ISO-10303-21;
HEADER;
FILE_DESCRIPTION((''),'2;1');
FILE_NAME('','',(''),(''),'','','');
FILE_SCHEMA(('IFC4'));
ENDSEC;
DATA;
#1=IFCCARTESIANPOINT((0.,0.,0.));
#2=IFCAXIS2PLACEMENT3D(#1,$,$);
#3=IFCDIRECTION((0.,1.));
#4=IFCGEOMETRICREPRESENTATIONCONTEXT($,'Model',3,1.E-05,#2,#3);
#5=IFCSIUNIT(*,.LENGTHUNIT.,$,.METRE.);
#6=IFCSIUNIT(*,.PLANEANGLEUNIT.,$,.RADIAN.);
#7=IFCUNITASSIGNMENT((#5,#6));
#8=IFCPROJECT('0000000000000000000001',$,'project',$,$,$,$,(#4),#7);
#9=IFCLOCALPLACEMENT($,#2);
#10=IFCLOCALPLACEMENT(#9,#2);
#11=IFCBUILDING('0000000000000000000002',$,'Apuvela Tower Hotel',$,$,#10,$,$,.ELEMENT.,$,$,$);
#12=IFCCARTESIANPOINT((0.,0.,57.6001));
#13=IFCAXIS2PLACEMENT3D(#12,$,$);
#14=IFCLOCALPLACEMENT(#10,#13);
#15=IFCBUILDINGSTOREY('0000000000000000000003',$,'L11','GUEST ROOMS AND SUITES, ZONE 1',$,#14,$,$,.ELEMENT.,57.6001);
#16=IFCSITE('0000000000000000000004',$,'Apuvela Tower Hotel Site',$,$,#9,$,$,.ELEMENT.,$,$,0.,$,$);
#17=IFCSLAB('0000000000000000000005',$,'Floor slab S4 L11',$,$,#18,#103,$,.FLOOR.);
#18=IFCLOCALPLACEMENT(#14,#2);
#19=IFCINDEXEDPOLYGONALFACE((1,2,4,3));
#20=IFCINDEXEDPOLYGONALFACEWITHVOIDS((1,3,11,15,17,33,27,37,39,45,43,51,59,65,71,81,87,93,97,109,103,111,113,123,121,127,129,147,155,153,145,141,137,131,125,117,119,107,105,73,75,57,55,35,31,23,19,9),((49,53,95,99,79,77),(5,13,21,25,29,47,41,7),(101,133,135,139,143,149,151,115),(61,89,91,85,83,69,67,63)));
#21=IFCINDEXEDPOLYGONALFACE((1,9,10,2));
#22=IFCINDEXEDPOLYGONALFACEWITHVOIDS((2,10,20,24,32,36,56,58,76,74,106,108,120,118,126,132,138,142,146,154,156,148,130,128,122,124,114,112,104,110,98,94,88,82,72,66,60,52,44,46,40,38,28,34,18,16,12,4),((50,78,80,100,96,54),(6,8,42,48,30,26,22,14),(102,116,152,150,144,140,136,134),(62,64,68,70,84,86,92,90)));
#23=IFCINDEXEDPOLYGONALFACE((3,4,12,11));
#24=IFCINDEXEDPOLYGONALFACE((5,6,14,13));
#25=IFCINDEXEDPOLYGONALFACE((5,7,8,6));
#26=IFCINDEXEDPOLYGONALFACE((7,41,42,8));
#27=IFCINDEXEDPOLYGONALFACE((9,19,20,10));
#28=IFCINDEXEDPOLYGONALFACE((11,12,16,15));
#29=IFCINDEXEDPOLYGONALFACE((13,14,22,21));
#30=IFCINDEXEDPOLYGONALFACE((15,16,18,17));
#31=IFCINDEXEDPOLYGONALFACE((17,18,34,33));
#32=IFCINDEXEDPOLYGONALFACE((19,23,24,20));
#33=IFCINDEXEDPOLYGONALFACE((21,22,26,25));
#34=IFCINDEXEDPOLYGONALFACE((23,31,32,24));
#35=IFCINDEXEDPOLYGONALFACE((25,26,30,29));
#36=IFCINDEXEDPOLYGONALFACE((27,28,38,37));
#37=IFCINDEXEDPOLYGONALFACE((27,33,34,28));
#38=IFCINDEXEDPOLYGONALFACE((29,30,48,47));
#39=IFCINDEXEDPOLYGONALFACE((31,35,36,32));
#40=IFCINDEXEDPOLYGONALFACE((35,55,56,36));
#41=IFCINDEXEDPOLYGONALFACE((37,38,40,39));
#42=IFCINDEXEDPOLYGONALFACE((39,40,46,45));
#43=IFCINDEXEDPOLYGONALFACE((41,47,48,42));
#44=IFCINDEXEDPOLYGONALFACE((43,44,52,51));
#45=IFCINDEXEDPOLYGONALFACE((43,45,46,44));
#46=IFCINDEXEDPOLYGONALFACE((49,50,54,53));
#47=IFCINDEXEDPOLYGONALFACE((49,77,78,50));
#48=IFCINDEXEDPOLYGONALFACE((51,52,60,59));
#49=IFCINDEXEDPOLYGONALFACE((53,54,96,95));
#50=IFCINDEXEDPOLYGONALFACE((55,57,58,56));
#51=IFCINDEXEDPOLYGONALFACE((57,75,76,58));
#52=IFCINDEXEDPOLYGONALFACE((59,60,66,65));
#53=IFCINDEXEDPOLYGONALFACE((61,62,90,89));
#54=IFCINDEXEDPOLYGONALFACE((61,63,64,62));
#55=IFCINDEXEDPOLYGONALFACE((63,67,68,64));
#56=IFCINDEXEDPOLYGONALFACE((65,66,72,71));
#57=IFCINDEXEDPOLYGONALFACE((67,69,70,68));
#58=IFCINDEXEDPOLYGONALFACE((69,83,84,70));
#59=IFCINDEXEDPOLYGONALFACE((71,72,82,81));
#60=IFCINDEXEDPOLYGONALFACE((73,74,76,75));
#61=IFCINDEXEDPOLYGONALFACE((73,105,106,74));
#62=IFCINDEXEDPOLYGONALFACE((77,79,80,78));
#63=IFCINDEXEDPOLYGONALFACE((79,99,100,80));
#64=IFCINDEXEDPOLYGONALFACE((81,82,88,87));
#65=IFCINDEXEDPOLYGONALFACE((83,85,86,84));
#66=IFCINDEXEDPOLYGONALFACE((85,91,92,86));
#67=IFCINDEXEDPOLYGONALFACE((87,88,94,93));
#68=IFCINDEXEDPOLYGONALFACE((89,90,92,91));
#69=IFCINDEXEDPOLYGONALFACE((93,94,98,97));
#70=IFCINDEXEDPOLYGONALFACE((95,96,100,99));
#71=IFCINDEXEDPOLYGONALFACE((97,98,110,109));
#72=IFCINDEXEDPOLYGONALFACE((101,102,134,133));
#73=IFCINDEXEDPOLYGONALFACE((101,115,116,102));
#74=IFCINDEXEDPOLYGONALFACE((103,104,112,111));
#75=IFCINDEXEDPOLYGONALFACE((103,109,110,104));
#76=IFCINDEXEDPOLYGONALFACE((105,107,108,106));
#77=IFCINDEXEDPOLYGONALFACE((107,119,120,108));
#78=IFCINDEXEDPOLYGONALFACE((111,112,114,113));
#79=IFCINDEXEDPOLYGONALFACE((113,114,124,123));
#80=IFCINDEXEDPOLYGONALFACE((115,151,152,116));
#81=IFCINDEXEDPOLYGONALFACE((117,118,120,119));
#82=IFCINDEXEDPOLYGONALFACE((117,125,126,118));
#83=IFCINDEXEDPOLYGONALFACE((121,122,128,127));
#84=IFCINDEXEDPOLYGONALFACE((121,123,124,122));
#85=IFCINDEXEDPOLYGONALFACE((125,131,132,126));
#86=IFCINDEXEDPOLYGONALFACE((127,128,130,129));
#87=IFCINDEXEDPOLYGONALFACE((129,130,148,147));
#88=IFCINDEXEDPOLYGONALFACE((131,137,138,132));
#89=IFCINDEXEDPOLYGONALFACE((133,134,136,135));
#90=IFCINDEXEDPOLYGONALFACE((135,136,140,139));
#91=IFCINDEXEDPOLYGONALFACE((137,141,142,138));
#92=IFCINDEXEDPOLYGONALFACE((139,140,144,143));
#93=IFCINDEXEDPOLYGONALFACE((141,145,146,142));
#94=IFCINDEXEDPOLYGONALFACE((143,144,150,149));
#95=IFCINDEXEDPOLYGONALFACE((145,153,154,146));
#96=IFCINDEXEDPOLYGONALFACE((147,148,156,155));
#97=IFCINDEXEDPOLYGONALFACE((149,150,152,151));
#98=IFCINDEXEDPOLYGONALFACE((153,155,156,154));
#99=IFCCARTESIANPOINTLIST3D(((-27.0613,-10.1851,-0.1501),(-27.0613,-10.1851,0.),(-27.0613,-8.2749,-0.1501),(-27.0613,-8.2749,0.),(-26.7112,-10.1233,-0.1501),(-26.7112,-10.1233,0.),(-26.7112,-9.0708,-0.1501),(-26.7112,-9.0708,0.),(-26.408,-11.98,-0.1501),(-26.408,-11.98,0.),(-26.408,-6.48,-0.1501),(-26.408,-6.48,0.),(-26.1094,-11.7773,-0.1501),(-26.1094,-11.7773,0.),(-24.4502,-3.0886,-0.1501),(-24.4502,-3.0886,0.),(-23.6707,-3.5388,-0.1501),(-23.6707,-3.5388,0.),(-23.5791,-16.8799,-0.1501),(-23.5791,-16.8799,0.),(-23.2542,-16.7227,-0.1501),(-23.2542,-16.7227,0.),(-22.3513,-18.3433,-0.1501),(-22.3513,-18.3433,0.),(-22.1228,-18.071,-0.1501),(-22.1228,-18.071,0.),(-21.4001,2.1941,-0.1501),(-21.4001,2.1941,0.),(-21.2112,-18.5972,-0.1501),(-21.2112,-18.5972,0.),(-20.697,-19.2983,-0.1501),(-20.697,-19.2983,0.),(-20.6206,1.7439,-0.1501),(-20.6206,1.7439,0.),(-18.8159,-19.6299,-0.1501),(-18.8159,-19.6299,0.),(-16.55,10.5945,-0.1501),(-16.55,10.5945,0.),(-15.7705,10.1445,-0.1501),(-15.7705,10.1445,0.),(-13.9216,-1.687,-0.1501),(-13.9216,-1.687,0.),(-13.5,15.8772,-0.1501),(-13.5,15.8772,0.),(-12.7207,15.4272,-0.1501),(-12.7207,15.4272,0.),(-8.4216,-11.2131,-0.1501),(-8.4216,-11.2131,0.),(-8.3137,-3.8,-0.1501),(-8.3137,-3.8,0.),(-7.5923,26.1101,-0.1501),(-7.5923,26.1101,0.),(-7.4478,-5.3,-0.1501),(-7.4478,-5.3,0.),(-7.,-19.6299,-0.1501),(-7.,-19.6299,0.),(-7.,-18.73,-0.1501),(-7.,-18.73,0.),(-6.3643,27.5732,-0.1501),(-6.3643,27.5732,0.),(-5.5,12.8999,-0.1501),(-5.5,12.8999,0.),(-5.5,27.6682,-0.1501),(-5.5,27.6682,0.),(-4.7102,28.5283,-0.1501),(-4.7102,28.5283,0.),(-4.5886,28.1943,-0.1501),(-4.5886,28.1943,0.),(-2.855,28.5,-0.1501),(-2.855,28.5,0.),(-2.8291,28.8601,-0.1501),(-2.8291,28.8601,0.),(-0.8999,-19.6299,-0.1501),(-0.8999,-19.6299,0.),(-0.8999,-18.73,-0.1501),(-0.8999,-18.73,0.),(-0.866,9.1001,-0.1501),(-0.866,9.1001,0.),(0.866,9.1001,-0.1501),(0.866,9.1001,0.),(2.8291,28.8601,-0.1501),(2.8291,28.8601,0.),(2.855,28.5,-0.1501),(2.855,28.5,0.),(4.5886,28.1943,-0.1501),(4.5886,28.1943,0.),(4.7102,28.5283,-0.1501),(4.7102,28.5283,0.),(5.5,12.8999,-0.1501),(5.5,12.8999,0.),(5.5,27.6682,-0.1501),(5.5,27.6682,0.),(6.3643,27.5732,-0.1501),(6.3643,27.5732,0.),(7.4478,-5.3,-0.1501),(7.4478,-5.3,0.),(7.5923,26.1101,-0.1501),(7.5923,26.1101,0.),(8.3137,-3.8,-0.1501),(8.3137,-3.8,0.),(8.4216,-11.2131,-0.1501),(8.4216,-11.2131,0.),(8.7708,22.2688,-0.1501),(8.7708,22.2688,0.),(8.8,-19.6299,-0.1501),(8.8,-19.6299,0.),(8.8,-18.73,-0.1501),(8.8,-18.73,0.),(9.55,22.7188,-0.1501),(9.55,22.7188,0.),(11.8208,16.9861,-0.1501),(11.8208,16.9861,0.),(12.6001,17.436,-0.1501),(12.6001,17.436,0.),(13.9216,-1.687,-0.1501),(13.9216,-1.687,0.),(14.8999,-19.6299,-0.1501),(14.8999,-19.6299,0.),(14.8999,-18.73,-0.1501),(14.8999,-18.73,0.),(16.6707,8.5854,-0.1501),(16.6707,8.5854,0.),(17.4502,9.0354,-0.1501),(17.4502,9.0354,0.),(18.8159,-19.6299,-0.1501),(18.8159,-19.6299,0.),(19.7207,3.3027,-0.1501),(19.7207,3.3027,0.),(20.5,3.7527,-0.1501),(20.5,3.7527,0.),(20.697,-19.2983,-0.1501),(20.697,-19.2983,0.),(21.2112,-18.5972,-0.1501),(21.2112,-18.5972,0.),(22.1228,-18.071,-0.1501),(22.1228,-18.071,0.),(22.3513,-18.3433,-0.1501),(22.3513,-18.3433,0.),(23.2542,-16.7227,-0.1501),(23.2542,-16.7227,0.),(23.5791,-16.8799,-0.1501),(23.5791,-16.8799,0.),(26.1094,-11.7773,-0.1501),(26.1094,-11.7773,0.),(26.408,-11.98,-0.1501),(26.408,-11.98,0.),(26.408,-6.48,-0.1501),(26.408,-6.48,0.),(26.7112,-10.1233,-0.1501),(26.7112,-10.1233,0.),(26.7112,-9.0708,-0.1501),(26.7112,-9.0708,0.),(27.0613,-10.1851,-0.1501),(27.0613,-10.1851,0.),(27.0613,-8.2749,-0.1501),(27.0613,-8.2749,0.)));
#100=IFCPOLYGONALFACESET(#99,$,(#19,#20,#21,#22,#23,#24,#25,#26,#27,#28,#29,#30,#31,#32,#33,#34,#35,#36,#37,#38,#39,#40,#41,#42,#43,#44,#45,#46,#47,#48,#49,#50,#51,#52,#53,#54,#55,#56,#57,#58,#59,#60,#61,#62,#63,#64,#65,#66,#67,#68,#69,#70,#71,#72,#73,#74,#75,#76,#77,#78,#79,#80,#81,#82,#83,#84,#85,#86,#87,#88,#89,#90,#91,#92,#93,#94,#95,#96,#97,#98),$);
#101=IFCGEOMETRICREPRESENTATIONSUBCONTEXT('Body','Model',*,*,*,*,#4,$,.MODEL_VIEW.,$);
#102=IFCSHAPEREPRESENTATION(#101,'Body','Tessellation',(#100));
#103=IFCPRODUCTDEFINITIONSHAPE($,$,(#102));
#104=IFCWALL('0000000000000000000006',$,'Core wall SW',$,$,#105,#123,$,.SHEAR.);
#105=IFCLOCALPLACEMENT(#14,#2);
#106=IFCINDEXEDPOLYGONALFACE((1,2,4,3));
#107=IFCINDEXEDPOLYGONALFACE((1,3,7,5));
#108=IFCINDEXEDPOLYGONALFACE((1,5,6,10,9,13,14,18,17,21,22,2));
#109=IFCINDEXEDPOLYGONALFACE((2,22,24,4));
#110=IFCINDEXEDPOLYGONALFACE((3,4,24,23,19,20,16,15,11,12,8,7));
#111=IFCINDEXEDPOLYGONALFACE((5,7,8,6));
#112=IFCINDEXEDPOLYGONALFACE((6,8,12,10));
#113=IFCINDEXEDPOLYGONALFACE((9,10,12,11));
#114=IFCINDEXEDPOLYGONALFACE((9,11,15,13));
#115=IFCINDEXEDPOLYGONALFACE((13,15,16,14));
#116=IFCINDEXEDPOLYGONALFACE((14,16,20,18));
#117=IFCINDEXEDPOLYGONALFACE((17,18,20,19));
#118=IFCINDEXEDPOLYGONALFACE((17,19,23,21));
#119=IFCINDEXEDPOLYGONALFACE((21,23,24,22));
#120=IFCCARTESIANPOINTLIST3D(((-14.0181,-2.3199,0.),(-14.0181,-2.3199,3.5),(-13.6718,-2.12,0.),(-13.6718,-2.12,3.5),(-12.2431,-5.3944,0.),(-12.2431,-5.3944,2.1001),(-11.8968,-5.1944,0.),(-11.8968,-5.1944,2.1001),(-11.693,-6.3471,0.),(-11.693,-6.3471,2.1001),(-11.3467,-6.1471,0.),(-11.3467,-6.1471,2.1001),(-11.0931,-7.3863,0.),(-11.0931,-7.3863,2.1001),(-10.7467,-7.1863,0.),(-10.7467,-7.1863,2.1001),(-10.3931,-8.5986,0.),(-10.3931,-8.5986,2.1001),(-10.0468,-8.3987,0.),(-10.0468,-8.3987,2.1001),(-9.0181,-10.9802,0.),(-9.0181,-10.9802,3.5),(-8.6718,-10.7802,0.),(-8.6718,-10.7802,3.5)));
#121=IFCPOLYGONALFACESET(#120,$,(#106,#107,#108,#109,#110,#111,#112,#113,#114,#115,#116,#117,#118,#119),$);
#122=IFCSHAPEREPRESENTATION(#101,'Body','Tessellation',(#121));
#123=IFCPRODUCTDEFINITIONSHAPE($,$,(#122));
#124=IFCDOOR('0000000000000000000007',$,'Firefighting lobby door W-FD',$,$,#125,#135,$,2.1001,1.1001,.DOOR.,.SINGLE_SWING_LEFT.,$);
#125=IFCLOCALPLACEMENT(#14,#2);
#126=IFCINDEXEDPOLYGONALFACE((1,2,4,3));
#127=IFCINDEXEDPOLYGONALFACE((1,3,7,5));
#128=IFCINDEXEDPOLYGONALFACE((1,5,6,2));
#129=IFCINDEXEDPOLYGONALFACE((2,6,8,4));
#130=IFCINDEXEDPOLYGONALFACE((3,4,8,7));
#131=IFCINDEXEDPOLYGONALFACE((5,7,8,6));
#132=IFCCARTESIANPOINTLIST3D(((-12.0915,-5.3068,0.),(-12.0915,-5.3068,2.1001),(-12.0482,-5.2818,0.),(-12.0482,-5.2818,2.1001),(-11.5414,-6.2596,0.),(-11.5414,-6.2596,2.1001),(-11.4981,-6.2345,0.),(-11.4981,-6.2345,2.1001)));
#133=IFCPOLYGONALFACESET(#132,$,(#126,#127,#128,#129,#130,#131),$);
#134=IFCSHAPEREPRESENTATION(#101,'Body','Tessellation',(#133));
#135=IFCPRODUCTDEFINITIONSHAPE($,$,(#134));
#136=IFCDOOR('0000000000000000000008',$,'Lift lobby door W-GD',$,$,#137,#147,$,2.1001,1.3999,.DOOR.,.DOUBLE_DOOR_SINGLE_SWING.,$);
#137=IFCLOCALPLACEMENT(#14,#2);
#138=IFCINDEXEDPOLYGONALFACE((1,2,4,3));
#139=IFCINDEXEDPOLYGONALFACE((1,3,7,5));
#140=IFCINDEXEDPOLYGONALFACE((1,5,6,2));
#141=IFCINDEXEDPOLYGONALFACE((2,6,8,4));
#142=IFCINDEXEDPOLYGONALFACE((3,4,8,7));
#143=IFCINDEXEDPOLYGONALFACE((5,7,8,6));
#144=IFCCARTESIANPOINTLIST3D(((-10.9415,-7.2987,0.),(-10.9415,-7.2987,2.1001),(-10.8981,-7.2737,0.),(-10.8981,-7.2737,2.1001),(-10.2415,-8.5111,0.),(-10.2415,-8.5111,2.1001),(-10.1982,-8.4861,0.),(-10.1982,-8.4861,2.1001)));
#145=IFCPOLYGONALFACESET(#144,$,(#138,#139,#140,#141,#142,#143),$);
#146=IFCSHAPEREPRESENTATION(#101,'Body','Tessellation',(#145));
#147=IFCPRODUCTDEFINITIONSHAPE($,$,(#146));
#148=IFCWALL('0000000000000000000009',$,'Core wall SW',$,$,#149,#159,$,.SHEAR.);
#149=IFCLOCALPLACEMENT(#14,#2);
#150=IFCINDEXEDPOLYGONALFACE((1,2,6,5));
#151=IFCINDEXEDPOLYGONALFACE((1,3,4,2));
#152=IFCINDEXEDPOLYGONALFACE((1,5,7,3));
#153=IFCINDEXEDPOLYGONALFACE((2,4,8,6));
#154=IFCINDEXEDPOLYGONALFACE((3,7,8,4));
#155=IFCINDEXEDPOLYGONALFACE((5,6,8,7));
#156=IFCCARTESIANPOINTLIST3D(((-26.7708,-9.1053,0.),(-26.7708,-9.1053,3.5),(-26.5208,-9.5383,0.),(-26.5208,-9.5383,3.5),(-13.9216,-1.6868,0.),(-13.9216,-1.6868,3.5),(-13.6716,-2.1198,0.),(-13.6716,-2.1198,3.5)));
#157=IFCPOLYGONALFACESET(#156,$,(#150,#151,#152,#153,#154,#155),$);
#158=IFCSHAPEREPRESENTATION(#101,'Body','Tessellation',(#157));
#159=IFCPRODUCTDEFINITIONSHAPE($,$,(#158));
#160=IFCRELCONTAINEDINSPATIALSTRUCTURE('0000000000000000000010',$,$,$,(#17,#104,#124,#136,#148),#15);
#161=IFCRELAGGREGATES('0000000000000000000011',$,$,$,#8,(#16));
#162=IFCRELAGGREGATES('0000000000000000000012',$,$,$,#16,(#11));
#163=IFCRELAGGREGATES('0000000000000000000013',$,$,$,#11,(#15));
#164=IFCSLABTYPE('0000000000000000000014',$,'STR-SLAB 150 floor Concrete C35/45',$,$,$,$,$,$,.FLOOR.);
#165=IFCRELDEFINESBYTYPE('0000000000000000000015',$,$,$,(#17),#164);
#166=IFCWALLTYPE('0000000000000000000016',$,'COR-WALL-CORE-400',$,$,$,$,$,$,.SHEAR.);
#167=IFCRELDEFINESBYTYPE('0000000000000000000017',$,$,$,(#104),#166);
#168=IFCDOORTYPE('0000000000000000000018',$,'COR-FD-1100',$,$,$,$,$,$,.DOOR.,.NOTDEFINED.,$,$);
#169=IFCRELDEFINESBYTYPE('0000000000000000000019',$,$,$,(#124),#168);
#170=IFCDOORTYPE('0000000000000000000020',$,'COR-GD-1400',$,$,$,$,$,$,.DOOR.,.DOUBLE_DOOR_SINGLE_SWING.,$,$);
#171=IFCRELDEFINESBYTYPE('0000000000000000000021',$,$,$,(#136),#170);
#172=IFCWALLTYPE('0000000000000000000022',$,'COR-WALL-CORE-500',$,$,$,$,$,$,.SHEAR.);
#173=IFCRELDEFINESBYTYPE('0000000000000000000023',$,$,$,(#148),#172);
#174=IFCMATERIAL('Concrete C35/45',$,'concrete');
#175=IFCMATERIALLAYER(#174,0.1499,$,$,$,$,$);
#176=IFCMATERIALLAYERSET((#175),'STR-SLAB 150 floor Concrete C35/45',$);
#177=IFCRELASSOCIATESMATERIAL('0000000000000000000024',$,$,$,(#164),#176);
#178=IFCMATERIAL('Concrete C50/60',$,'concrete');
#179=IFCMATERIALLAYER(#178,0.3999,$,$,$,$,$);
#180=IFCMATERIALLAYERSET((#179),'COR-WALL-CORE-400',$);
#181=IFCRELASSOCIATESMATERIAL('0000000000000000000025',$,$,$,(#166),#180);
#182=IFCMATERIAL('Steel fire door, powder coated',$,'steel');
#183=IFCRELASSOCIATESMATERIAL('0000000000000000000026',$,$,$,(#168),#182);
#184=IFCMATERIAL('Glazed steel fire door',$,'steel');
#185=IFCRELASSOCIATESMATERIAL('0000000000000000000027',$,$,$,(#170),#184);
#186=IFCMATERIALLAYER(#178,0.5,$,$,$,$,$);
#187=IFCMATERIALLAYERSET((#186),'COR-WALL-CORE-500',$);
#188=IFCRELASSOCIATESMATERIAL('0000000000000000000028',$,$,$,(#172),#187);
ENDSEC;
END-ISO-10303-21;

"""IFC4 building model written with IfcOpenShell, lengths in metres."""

from ifc_helpers import new_model, si_unit, direction, frame, frame_2d, origin, place, context, subcontext, project, spatial, polyline, rectangle, outline, extrude, material, layer, layer_set, type_object, element, fill, save


model = new_model("IFC4")

# Units and contexts
model_context = context("Model", 3, precision=1e-05, world=origin(), true_north=direction((0.0, 1.0)))
body_context = subcontext(model_context, "Body", "Model", "MODEL_VIEW")
ifc_project = project(units=[si_unit("LENGTHUNIT", "METRE"), si_unit("PLANEANGLEUNIT", "RADIAN")], contexts=[model_context])

# Site, building, storey
site_placement = place(None, origin())
site = spatial("IfcSite", under=ifc_project, at=site_placement, Name="Apuvela Tower Hotel Site", CompositionType="ELEMENT", RefElevation=0.0)
building_placement = place(site_placement, origin())
building = spatial("IfcBuilding", under=site, at=building_placement, Name="Apuvela Tower Hotel", CompositionType="ELEMENT")
storey_placement = place(building_placement, frame((0.0, 0.0, 57.6001)))
storey = spatial("IfcBuildingStorey", under=building, at=storey_placement, Name="L11", Description="GUEST ROOMS AND SUITES, ZONE 1", CompositionType="ELEMENT", Elevation=57.6001)

# Slab
ifc_material_1 = material(Name="Concrete C50/60", Category="concrete")
ifc_material_2 = material(Name="Concrete C35/45", Category="concrete")
ifc_layer_1 = layer(ifc_material_2, 0.1499)
ifc_layer_set_1 = layer_set([ifc_layer_1], Name="STR-SLAB 150 floor Concrete C35/45")
slab_type_1 = type_object("IfcSlabType", Name="STR-SLAB 150 floor Concrete C35/45", PredefinedType="FLOOR", material=ifc_layer_set_1)
slab_1_placement = place(storey_placement, frame((0.0, 0.0, -0.1501)))
element("IfcSlab", 1, at=slab_1_placement, inside=storey, type_object=slab_type_1, Name="Floor slab S4 L11", PredefinedType="FLOOR", context=body_context, shape_type="SweptSolid", body=[
    extrude(outline(polyline([(-6.3643, 27.5732), (-4.7102, 28.5283), (-2.8291, 28.8601), (2.8291, 28.8601), (4.7102, 28.5283), (6.3643, 27.5732), (7.5923, 26.1101), (9.55, 22.7188), (8.7708, 22.2688), (11.8208, 16.9861), (12.6001, 17.436), (17.4502, 9.0354), (16.6707, 8.5854), (19.7207, 3.3027), (20.5, 3.7527), (26.408, -6.48), (27.0613, -8.2749), (27.0613, -10.1851), (26.408, -11.98), (23.5791, -16.8799), (22.3513, -18.3433), (20.697, -19.2983), (18.8159, -19.6299), (14.8999, -19.6299), (14.8999, -18.73), (8.8, -18.73), (8.8, -19.6299), (-0.8999, -19.6299), (-0.8999, -18.73), (-7.0, -18.73), (-7.0, -19.6299), (-18.8159, -19.6299), (-20.697, -19.2983), (-22.3513, -18.3433), (-23.5791, -16.8799), (-26.408, -11.98), (-27.0613, -10.1851), (-27.0613, -8.2749), (-26.408, -6.48), (-24.4502, -3.0886), (-23.6707, -3.5388), (-20.6206, 1.7439), (-21.4001, 2.1941), (-16.55, 10.5945), (-15.7705, 10.1445), (-12.7207, 15.4272), (-13.5, 15.8772), (-7.5923, 26.1101), (-6.3643, 27.5732)]), holes=[polyline([(0.866, 9.1001), (-0.866, 9.1001), (-8.3137, -3.8), (-7.4478, -5.3), (7.4478, -5.3), (8.3137, -3.8), (0.866, 9.1001)]), polyline([(-5.5, 12.8999), (-5.5, 27.6682), (-4.5886, 28.1943), (-2.855, 28.5), (2.855, 28.5), (4.5886, 28.1943), (5.5, 27.6682), (5.5, 12.8999), (-5.5, 12.8999)]), polyline([(-8.4216, -11.2131), (-21.2112, -18.5972), (-22.1228, -18.071), (-23.2542, -16.7227), (-26.1094, -11.7773), (-26.7112, -10.1233), (-26.7112, -9.0708), (-13.9216, -1.687), (-8.4216, -11.2131)]), polyline([(13.9216, -1.687), (26.7112, -9.0708), (26.7112, -10.1233), (26.1094, -11.7773), (23.2542, -16.7227), (22.1228, -18.071), (21.2112, -18.5972), (8.4216, -11.2131), (13.9216, -1.687)])]), origin(), (0.0, 0.0, 1.0), 0.1501),
])

# Wall, openings, doors
ifc_layer_2 = layer(ifc_material_1, 0.3999)
ifc_layer_set_2 = layer_set([ifc_layer_2], Name="COR-WALL-CORE-400")
wall_type_1 = type_object("IfcWallType", Name="COR-WALL-CORE-400", PredefinedType="SHEAR", material=ifc_layer_set_2)
wall_1_placement = place(storey_placement, frame((-13.845, -2.22, 0.0), z_axis=(0.0, 0.0, 1.0), x_axis=(0.500004, -0.866023, 0.0)))
wall_1 = element("IfcWall", 2, at=wall_1_placement, inside=storey, type_object=wall_type_1, Name="Core wall SW", PredefinedType="SHEAR", context=body_context, shape_type="SweptSolid", body=[
    extrude(rectangle(XDim=10.0, YDim=0.3999, at=frame_2d((5.0, 0.0))), origin(), (0.0, 0.0, 1.0), 3.5),
])
opening_1_placement = place(wall_1_placement, frame((3.55, 0.0, 0.0)))
opening_1 = element("IfcOpeningElement", 3, at=opening_1_placement, cuts=wall_1, PredefinedType="OPENING", context=body_context, shape_type="SweptSolid", body=[
    extrude(rectangle(XDim=1.1001, YDim=2.1001, at=frame_2d((0.55, 1.05))), frame((0.0, 0.21, 0.0), z_axis=(0.0, -1.0, 0.0), x_axis=(1.0, 0.0, 0.0)), (0.0, 0.0, 1.0), 0.4199),
])
opening_2_placement = place(wall_1_placement, frame((5.8501, 0.0, 0.0)))
opening_2 = element("IfcOpeningElement", 4, at=opening_2_placement, cuts=wall_1, PredefinedType="OPENING", context=body_context, shape_type="SweptSolid", body=[
    extrude(rectangle(XDim=1.3999, YDim=2.1001, at=frame_2d((0.7, 1.05))), frame((0.0, 0.21, 0.0), z_axis=(0.0, -1.0, 0.0), x_axis=(1.0, 0.0, 0.0)), (0.0, 0.0, 1.0), 0.4199),
])
ifc_material_3 = material(Name="Steel fire door, powder coated", Category="steel")
door_type_1 = type_object("IfcDoorType", Name="COR-FD-1100", OperationType="NOTDEFINED", PredefinedType="DOOR", material=ifc_material_3)
door_1_placement = place(opening_1_placement, frame((1.1001, 0.0, 0.0), z_axis=(0.0, 0.0, 1.0), x_axis=(-1.0, 0.0, 0.0)))
door_1 = element("IfcDoor", 5, at=door_1_placement, inside=storey, type_object=door_type_1, Name="Firefighting lobby door W-FD", OperationType="SINGLE_SWING_LEFT", OverallHeight=2.1001, OverallWidth=1.1001, PredefinedType="DOOR", context=body_context, shape_type="SweptSolid", body=[
    extrude(rectangle(XDim=1.1001, YDim=2.1001, at=frame_2d((0.55, 1.05))), frame((0.0, 0.0249, 0.0), z_axis=(0.0, -1.0, 0.0), x_axis=(1.0, 0.0, 0.0)), (0.0, 0.0, 1.0), 0.05),
])
fill(opening_1, door_1)
ifc_material_4 = material(Name="Glazed steel fire door", Category="steel")
door_type_2 = type_object("IfcDoorType", Name="COR-GD-1400", OperationType="DOUBLE_DOOR_SINGLE_SWING", PredefinedType="DOOR", material=ifc_material_4)
door_2_placement = place(opening_2_placement, frame((1.3999, 0.0, 0.0), z_axis=(0.0, 0.0, 1.0), x_axis=(-1.0, 0.0, 0.0)))
door_2 = element("IfcDoor", 6, at=door_2_placement, inside=storey, type_object=door_type_2, Name="Lift lobby door W-GD", OperationType="DOUBLE_DOOR_SINGLE_SWING", OverallHeight=2.1001, OverallWidth=1.3999, PredefinedType="DOOR", context=body_context, shape_type="SweptSolid", body=[
    extrude(rectangle(XDim=1.3999, YDim=2.1001, at=frame_2d((0.7, 1.05))), frame((0.0, 0.0249, 0.0), z_axis=(0.0, -1.0, 0.0), x_axis=(1.0, 0.0, 0.0)), (0.0, 0.0, 1.0), 0.05),
])
fill(opening_2, door_2)

# Wall
ifc_layer_3 = layer(ifc_material_1, 0.5)
ifc_layer_set_3 = layer_set([ifc_layer_3], Name="COR-WALL-CORE-500")
wall_type_2 = type_object("IfcWallType", Name="COR-WALL-CORE-500", PredefinedType="SHEAR", material=ifc_layer_set_3)
wall_2_placement = place(storey_placement, frame((-13.7966, -1.9033, 0.0), z_axis=(0.0, 0.0, 1.0), x_axis=(-0.866025, -0.500001, 0.0)))
element("IfcWall", 7, at=wall_2_placement, inside=storey, type_object=wall_type_2, Name="Core wall SW", PredefinedType="SHEAR", context=body_context, shape_type="SweptSolid", body=[
    extrude(rectangle(XDim=14.8369, YDim=0.5, at=frame_2d((7.4185, 0.0))), origin(), (0.0, 0.0, 1.0), 3.5),
])

save(model, "model.ifc")
